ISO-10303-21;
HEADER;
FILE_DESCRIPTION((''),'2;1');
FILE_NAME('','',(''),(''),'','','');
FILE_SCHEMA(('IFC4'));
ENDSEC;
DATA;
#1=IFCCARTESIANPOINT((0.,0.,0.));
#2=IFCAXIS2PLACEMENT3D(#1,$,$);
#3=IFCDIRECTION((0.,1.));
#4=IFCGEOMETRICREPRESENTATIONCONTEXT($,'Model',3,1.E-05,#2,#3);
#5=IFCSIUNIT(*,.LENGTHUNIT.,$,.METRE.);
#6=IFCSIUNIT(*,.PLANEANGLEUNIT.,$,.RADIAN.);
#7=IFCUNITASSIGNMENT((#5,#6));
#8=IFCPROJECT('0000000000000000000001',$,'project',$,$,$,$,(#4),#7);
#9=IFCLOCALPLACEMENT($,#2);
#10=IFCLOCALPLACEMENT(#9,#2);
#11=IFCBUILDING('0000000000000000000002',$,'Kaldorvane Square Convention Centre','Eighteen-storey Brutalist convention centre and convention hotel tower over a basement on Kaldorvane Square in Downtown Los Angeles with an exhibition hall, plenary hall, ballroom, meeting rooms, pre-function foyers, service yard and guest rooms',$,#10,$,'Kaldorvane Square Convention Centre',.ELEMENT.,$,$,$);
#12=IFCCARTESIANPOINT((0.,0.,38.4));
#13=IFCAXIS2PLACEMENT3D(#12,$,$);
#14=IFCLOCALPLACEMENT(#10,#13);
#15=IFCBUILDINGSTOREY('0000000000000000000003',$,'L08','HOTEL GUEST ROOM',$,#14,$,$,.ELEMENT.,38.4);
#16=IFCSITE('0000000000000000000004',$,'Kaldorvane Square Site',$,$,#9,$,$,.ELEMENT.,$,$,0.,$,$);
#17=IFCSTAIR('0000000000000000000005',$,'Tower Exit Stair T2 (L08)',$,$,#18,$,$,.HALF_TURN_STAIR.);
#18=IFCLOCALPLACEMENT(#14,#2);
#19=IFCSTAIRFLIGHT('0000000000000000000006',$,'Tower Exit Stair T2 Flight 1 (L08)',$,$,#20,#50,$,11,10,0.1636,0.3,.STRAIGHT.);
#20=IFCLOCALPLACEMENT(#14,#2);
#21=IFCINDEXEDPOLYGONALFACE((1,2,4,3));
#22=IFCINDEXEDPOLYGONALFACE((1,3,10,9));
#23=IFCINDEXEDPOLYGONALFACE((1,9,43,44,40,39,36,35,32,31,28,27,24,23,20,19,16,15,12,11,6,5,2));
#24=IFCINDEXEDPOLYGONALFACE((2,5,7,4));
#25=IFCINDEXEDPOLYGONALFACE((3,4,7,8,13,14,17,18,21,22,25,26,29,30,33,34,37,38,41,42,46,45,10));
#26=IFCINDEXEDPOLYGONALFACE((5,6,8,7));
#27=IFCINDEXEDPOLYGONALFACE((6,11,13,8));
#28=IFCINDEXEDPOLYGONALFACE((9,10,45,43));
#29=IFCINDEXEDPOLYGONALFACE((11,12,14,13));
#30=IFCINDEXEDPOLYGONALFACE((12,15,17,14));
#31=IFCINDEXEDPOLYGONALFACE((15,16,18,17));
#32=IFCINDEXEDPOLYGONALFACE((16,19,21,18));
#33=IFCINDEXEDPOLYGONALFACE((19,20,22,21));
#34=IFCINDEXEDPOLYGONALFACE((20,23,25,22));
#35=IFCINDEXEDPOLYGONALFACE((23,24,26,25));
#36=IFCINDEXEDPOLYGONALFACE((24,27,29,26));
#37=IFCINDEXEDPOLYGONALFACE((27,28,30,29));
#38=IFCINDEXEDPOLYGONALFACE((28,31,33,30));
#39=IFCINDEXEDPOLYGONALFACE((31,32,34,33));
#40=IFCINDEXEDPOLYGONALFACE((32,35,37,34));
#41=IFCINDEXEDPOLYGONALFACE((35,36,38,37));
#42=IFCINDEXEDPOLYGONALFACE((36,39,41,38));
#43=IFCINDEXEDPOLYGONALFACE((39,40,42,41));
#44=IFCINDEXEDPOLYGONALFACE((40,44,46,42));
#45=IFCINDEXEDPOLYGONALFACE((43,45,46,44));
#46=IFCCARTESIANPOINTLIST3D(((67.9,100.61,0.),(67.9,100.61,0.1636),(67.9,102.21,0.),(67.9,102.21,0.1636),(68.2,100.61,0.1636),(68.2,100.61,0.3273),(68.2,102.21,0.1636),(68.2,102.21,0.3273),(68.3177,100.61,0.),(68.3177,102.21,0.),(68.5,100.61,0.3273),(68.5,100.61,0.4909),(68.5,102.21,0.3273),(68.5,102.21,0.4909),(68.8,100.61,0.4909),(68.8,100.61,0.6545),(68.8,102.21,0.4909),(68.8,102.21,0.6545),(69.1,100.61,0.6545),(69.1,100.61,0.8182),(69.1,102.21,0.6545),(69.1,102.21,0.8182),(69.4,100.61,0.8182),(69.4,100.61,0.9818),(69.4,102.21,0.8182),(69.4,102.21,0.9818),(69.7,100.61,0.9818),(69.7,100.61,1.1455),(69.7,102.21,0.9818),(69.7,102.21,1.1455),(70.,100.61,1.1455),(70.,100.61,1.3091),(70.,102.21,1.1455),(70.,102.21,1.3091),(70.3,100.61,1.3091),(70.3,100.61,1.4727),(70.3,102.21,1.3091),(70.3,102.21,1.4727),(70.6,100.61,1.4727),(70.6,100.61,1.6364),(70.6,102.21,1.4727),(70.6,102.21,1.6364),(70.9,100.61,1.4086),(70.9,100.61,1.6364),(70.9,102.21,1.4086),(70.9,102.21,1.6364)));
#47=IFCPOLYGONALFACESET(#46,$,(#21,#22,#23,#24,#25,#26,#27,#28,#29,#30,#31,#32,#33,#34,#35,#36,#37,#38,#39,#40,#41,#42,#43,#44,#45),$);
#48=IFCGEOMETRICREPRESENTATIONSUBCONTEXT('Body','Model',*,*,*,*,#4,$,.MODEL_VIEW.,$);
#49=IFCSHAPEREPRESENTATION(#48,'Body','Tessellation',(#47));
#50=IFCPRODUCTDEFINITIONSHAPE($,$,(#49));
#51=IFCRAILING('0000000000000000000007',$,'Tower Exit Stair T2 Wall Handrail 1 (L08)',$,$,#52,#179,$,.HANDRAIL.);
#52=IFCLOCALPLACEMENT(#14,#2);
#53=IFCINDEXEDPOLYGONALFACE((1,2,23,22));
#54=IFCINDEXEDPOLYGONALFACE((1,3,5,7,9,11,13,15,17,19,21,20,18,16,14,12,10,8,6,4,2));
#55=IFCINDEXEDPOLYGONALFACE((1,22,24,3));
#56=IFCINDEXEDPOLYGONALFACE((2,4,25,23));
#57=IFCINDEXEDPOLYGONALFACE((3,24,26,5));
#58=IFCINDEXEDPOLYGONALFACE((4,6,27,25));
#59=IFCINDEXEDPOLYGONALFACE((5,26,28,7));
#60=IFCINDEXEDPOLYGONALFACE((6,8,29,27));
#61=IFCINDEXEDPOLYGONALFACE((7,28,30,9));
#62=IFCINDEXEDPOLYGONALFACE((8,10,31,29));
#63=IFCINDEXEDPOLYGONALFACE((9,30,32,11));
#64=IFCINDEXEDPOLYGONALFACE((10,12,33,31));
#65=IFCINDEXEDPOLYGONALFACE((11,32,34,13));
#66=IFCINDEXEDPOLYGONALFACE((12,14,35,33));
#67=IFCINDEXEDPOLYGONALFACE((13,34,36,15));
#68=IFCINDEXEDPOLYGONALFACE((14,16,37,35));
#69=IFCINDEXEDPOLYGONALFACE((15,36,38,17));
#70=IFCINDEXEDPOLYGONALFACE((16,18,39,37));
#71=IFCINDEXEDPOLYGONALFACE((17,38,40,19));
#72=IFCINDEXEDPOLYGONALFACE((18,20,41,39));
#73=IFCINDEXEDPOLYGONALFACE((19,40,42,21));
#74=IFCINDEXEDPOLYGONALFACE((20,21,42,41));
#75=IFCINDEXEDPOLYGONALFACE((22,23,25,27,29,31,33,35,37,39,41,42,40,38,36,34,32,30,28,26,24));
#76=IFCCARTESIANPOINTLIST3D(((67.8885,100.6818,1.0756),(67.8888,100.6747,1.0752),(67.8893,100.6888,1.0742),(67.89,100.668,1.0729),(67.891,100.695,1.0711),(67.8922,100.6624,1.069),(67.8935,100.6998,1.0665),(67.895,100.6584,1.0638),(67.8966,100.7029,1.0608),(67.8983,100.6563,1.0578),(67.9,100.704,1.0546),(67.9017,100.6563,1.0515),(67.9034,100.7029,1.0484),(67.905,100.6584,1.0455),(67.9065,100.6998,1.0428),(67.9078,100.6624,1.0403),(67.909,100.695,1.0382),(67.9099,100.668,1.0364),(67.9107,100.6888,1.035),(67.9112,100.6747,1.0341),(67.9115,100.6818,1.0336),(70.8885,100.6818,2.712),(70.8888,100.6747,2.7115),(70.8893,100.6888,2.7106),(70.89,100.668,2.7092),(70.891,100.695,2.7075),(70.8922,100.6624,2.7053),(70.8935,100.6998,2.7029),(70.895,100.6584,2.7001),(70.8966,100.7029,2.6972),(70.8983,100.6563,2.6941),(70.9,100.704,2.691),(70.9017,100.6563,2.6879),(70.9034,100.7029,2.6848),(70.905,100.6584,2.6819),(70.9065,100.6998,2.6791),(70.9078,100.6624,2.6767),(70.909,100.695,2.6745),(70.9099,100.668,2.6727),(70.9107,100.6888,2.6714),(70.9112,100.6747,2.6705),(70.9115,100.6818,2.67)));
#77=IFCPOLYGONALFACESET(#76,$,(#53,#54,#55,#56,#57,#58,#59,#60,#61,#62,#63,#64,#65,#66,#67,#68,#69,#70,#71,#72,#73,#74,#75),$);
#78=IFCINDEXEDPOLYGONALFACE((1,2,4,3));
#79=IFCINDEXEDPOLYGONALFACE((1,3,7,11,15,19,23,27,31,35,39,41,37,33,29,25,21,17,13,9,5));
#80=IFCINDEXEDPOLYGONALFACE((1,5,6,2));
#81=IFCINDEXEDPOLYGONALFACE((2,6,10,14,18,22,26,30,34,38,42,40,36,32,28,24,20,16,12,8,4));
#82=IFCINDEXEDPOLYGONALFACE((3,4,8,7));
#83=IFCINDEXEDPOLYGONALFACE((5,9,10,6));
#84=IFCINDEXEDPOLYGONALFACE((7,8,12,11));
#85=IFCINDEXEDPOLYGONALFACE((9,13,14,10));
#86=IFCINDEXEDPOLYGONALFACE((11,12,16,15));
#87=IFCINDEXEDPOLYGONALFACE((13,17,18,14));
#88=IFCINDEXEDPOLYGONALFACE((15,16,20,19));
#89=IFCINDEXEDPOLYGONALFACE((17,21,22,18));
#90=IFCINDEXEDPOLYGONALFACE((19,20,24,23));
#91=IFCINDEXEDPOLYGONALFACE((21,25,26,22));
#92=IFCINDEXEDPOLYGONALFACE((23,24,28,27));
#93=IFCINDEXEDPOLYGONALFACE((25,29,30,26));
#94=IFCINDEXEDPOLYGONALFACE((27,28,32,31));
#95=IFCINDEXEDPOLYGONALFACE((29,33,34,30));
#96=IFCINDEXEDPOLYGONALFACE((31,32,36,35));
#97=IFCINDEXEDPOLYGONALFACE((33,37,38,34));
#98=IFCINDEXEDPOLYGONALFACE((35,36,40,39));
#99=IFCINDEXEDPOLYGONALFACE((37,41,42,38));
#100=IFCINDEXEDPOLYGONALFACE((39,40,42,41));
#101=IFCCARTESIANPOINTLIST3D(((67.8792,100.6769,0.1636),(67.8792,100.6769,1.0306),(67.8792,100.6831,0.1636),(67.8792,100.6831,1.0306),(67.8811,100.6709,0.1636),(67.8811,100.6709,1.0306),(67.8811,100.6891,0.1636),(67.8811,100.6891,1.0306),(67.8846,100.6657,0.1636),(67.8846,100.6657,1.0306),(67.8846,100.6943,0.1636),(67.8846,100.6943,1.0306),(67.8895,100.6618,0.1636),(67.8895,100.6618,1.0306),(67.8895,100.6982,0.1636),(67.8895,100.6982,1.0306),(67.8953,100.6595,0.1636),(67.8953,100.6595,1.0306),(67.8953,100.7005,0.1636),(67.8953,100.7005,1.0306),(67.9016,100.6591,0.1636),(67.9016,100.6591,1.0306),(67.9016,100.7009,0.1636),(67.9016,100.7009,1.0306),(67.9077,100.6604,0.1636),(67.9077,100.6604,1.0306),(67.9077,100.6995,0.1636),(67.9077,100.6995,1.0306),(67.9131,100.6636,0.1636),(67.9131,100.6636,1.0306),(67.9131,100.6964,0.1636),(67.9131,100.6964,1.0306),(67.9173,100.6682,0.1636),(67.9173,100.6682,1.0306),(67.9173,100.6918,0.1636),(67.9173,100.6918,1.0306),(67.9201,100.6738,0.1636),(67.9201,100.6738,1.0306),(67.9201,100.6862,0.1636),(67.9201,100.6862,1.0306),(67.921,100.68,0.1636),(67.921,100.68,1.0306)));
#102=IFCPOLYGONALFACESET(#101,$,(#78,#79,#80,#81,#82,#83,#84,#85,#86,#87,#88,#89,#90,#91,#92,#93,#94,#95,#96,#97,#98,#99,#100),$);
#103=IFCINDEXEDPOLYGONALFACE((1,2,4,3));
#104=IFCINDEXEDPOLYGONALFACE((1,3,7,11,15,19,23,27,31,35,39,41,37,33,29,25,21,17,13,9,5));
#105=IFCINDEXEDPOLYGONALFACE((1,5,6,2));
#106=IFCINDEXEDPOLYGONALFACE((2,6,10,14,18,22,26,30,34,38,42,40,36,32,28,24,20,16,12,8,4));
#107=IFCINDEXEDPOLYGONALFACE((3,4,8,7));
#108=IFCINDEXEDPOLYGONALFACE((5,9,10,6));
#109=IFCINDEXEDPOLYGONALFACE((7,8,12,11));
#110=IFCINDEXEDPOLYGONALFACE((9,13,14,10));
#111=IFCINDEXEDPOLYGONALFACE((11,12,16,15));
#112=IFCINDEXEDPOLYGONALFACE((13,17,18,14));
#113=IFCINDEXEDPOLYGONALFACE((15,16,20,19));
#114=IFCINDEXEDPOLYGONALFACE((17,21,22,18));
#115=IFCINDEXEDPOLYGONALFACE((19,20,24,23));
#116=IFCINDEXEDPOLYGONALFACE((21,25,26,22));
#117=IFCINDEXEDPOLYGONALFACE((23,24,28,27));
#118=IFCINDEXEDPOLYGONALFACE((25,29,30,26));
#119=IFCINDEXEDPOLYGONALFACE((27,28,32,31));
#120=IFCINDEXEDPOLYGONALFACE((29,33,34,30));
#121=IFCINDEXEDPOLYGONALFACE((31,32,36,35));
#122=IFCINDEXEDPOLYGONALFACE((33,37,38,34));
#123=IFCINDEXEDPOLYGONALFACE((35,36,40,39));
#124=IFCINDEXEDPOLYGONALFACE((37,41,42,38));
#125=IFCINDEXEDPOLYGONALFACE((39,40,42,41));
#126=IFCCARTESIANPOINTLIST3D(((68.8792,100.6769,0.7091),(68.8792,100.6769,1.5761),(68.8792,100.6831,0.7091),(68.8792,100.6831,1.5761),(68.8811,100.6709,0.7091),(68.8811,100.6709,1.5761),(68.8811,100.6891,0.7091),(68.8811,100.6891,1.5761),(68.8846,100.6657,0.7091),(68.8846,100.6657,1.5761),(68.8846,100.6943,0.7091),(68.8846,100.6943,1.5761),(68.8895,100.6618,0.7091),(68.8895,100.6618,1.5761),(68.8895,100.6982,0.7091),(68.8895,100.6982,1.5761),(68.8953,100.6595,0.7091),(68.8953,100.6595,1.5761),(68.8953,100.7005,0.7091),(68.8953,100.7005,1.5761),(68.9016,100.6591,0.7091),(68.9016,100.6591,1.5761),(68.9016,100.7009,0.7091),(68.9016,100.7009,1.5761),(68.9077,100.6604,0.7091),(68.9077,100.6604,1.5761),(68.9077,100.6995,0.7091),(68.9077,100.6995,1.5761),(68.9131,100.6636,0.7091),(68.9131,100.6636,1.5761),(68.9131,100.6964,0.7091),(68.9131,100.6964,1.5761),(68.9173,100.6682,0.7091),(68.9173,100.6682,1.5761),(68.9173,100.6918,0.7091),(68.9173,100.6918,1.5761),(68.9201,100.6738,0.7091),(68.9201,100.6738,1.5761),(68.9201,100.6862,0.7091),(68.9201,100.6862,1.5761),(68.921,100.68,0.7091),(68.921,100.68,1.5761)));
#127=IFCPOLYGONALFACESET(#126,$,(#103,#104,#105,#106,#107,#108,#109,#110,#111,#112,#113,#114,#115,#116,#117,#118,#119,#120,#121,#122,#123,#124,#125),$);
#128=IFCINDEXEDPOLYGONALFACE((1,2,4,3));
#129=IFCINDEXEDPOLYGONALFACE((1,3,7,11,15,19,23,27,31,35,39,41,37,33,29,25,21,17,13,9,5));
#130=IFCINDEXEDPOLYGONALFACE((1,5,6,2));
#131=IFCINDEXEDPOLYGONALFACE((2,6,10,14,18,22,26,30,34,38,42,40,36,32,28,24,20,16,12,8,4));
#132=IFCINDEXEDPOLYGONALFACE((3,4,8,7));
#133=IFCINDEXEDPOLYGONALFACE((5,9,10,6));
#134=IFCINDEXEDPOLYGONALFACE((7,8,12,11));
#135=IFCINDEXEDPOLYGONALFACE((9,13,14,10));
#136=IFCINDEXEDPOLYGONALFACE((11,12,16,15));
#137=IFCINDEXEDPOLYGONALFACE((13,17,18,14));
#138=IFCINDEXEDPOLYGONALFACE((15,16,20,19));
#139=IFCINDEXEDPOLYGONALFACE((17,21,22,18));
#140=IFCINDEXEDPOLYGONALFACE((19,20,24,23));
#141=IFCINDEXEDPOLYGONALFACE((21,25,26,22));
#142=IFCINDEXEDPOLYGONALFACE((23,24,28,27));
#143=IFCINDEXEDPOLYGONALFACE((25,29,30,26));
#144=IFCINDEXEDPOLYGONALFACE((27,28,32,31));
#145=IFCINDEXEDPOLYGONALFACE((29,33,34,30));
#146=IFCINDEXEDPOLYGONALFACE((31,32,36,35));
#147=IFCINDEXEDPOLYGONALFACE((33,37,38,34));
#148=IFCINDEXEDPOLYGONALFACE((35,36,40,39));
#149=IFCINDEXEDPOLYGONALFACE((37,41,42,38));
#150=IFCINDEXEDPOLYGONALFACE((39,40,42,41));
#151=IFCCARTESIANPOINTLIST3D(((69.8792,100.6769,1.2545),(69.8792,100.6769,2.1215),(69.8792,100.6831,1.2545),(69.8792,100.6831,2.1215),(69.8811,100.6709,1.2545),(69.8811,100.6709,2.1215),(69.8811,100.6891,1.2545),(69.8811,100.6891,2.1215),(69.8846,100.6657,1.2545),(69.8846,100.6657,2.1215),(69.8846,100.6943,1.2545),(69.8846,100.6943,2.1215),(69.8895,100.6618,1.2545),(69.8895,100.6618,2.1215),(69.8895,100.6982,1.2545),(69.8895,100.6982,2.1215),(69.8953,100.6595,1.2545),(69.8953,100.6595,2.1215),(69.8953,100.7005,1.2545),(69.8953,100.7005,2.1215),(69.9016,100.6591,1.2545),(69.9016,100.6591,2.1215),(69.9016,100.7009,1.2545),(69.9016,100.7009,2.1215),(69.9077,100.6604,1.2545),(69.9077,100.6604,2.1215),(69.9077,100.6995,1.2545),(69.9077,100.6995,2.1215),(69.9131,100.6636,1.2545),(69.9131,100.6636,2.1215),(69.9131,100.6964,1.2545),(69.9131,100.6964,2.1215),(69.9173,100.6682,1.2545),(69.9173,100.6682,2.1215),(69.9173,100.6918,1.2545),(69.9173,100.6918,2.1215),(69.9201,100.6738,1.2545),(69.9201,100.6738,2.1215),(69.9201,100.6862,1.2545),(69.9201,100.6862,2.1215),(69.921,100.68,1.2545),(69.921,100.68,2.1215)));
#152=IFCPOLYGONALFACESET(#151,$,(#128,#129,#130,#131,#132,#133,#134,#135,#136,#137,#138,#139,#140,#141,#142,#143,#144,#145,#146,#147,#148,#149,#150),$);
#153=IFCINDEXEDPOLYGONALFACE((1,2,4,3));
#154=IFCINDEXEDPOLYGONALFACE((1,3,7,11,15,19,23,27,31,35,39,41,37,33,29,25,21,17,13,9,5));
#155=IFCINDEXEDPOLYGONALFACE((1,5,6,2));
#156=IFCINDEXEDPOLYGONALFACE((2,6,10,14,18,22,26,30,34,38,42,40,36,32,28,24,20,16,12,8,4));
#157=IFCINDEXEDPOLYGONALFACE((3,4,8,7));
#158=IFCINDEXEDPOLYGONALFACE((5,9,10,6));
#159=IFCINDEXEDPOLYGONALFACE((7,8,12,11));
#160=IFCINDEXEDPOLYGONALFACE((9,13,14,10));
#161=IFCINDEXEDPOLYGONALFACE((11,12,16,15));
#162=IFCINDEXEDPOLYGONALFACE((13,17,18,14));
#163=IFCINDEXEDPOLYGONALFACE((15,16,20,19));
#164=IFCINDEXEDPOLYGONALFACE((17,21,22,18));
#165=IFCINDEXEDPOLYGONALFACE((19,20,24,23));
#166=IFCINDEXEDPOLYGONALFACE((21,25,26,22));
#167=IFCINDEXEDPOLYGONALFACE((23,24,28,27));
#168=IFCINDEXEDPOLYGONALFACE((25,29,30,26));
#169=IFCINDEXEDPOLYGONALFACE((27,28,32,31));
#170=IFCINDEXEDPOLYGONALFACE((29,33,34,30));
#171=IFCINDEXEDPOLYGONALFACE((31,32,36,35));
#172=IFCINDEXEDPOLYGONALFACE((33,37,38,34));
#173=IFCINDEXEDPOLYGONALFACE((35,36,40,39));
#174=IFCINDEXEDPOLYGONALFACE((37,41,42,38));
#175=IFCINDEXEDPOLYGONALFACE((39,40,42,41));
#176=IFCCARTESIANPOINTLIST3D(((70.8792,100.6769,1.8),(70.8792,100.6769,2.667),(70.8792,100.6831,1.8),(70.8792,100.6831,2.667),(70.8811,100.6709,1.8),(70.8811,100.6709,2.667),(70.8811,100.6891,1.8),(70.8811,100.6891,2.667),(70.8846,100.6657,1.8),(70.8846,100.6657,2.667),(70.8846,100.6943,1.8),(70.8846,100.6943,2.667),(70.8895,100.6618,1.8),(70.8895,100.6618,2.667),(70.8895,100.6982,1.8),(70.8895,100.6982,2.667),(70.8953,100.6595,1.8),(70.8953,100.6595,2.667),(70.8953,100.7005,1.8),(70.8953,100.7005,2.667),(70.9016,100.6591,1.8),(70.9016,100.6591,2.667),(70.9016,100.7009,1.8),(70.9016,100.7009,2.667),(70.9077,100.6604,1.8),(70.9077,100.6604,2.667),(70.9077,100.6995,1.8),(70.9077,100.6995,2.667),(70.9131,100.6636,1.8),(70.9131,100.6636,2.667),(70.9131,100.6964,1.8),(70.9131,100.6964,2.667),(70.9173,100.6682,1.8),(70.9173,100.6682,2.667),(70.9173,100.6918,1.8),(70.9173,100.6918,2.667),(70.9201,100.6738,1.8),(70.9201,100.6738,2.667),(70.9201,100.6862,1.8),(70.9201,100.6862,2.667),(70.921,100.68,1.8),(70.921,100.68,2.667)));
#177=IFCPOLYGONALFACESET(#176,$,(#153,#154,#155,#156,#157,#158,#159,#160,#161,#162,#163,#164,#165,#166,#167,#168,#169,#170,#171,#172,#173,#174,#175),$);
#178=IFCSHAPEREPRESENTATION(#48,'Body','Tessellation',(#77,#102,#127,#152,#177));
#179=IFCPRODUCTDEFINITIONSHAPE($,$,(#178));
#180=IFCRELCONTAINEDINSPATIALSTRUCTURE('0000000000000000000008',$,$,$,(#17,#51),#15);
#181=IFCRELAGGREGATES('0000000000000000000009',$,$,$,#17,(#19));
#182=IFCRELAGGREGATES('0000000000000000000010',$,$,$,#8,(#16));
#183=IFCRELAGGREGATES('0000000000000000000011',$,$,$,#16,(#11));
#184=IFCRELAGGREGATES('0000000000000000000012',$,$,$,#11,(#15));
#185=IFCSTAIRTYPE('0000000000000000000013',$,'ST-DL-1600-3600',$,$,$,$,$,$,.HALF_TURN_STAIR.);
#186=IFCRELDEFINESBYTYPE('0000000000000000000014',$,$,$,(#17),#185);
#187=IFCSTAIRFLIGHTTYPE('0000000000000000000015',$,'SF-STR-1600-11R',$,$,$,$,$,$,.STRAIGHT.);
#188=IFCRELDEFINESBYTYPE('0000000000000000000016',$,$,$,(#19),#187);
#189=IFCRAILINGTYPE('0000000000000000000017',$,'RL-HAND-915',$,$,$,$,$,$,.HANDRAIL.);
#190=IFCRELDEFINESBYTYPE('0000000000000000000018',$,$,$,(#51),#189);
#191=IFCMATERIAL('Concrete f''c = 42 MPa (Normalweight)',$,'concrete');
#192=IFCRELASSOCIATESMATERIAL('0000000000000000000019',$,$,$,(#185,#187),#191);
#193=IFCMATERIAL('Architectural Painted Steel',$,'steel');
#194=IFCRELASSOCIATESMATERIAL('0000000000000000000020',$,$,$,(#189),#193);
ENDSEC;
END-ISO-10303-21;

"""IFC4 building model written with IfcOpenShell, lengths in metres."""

from ifc_helpers import new_model, si_unit, direction, frame, origin, origin_2d, place, context, subcontext, project, spatial, polyline, circle, outline, extrude, material, type_object, element, aggregate, save


model = new_model("IFC4")

# Units and contexts
model_context = context("Model", 3, precision=1e-05, world=origin(), true_north=direction((0.0, 1.0)))
body_context = subcontext(model_context, "Body", "Model", "MODEL_VIEW")
ifc_project = project(units=[si_unit("LENGTHUNIT", "METRE"), si_unit("PLANEANGLEUNIT", "RADIAN")], contexts=[model_context])

# Site, building, storey
site_placement = place(None, origin())
site = spatial("IfcSite", under=ifc_project, at=site_placement, Name="Kaldorvane Square Site", CompositionType="ELEMENT", RefElevation=0.0)
building_placement = place(site_placement, origin())
building = spatial("IfcBuilding", under=site, at=building_placement, Name="Kaldorvane Square Convention Centre", Description="Eighteen-storey Brutalist convention centre and convention hotel tower over a basement on Kaldorvane Square in Downtown Los Angeles with an exhibition hall, plenary hall, ballroom, meeting rooms, pre-function foyers, service yard and guest rooms", LongName="Kaldorvane Square Convention Centre", CompositionType="ELEMENT")
storey_placement = place(building_placement, frame((0.0, 0.0, 38.4)))
storey = spatial("IfcBuildingStorey", under=building, at=storey_placement, Name="L08", Description="HOTEL GUEST ROOM", CompositionType="ELEMENT", Elevation=38.4)

# Shared definitions
ifc_material_1 = material(Name="Concrete f'c = 42 MPa (Normalweight)", Category="concrete")

# Stair, stair flight
stair_type = type_object("IfcStairType", Name="ST-DL-1600-3600", PredefinedType="HALF_TURN_STAIR", material=ifc_material_1)
stair_placement = place(storey_placement, origin())
stair = element("IfcStair", 1, at=stair_placement, inside=storey, type_object=stair_type, Name="Tower Exit Stair T2 (L08)", PredefinedType="HALF_TURN_STAIR")
stair_flight_type = type_object("IfcStairFlightType", Name="SF-STR-1600-11R", PredefinedType="STRAIGHT", material=ifc_material_1)
stair_flight_placement = place(storey_placement, frame((67.9, 101.41, 0.0), z_axis=(0.0, 0.0, 1.0), x_axis=(1.0, 0.0, 0.0)))
stair_flight = element("IfcStairFlight", 2, at=stair_flight_placement, type_object=stair_flight_type, Name="Tower Exit Stair T2 Flight 1 (L08)", NumberOfRisers=11, NumberOfTreads=10, PredefinedType="STRAIGHT", RiserHeight=0.1636, TreadLength=0.3, context=body_context, shape_type="SweptSolid", body=[
    extrude(outline(polyline([(0.0, 0.0), (0.0, 0.1636), (0.3, 0.1636), (0.3, 0.3273), (0.6, 0.3273), (0.6, 0.4909), (0.9, 0.4909), (0.9, 0.6545), (1.2, 0.6545), (1.2, 0.8182), (1.5, 0.8182), (1.5, 0.9818), (1.8, 0.9818), (1.8, 1.1455), (2.1, 1.1455), (2.1, 1.3091), (2.4, 1.3091), (2.4, 1.4727), (2.7, 1.4727), (2.7, 1.6364), (3.0, 1.6364), (3.0, 1.8), (3.0, 1.4086), (0.4177, 0.0), (0.0, 0.0)])), frame((0.0, 0.8, 0.0), z_axis=(0.0, -1.0, 0.0), x_axis=(1.0, 0.0, 0.0)), (0.0, 0.0, 1.0), 1.6),
])
aggregate(stair, [stair_flight])

# Railing
ifc_material_2 = material(Name="Architectural Painted Steel", Category="steel")
railing_type = type_object("IfcRailingType", Name="RL-HAND-915", PredefinedType="HANDRAIL", material=ifc_material_2)
railing_placement = place(storey_placement, frame((67.9, 100.68, 0.1636)))
element("IfcRailing", 3, at=railing_placement, inside=storey, type_object=railing_type, Name="Tower Exit Stair T2 Wall Handrail 1 (L08)", PredefinedType="HANDRAIL", context=body_context, shape_type="SweptSolid", body=[
    extrude(circle(Radius=0.024, at=origin_2d()), frame((0.0, 0.0, 0.891), z_axis=(0.877895, 0.0, 0.478853), x_axis=(0.0, 1.0, 0.0)), (0.0, 0.0, 1.0), 3.4173),
    extrude(circle(Radius=0.021, at=origin_2d()), origin(), (0.0, 0.0, 1.0), 0.867),
    extrude(circle(Radius=0.021, at=origin_2d()), frame((1.0, 0.0, 0.5455)), (0.0, 0.0, 1.0), 0.867),
    extrude(circle(Radius=0.021, at=origin_2d()), frame((2.0, 0.0, 1.0909)), (0.0, 0.0, 1.0), 0.867),
    extrude(circle(Radius=0.021, at=origin_2d()), frame((3.0, 0.0, 1.6364)), (0.0, 0.0, 1.0), 0.867),
])

save(model, "model.ifc")
